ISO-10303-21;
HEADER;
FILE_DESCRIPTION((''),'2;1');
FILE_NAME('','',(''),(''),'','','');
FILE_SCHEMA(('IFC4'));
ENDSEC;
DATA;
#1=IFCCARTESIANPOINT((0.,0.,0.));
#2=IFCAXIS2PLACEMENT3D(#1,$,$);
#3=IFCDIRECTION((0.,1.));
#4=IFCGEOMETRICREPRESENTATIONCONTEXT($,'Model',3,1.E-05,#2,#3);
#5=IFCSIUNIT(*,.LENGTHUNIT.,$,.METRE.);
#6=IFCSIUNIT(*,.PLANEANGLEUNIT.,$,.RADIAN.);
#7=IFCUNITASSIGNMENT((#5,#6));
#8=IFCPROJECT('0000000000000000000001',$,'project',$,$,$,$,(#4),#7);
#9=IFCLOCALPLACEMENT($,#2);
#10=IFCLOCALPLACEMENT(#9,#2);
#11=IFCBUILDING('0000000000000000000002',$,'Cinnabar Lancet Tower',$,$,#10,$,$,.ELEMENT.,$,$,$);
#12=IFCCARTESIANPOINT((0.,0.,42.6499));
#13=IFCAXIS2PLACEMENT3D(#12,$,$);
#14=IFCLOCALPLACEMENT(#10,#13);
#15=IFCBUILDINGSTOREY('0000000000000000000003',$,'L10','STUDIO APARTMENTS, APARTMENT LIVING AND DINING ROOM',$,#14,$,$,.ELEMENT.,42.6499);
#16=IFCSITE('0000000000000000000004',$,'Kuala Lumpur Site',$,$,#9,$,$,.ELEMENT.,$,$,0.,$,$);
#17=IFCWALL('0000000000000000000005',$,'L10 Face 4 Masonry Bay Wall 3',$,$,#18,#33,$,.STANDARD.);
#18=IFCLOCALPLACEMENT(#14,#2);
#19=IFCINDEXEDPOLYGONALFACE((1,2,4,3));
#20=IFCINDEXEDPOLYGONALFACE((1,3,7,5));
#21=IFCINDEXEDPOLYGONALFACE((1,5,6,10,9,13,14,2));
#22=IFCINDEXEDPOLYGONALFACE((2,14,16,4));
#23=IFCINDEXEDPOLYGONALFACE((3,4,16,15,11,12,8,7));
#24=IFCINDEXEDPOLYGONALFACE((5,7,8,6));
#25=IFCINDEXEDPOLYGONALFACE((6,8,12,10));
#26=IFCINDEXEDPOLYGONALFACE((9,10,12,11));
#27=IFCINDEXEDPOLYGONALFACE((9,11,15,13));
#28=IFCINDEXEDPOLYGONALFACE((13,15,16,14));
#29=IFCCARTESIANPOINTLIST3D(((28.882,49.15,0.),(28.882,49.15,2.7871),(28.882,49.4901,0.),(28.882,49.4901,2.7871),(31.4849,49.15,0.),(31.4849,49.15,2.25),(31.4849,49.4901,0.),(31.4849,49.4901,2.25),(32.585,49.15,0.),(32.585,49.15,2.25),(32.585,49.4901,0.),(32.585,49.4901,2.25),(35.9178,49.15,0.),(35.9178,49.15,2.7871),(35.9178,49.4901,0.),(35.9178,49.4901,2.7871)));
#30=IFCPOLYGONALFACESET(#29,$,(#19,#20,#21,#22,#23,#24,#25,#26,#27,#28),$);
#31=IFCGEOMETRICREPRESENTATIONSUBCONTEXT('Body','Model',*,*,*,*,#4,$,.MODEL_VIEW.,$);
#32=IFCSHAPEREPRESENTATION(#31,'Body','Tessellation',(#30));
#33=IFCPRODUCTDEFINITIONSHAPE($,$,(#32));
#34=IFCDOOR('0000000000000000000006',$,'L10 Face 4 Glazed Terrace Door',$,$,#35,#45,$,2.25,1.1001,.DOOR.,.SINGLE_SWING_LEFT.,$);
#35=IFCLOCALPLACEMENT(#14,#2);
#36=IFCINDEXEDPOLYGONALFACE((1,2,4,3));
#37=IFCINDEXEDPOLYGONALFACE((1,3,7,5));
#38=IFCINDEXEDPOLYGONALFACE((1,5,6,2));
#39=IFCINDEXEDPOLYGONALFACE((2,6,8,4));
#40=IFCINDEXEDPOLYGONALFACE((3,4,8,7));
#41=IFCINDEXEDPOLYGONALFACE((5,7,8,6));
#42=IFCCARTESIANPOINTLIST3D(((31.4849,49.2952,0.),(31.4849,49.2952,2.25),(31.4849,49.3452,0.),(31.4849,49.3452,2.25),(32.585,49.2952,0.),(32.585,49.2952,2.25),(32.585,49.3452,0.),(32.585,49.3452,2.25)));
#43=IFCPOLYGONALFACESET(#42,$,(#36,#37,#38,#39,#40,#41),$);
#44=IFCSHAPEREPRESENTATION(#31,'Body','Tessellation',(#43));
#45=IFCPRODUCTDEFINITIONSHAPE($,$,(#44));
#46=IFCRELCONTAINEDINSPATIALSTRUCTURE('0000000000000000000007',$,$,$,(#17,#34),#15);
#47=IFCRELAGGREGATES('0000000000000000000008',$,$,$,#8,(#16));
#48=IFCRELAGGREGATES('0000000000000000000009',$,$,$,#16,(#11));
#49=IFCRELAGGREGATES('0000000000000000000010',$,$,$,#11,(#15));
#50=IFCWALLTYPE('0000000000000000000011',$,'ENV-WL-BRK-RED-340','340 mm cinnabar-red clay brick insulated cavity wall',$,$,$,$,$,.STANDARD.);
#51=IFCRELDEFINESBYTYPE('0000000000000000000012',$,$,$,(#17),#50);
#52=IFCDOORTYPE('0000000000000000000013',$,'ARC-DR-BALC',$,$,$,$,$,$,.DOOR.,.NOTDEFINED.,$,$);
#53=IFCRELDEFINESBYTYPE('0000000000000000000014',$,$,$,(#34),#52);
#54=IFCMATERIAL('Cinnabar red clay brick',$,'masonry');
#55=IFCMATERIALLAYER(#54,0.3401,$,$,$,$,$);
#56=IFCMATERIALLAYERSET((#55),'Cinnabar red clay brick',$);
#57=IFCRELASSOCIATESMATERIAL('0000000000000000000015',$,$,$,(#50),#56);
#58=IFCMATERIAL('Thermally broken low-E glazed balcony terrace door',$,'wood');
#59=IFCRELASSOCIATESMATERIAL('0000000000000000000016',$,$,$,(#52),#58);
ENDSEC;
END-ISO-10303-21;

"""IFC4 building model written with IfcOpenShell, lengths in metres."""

from ifc_helpers import new_model, si_unit, direction, frame, frame_2d, origin, place, context, subcontext, project, spatial, rectangle, extrude, material, layer, layer_set, type_object, element, fill, save


model = new_model("IFC4")

# Units and contexts
model_context = context("Model", 3, precision=1e-05, world=origin(), true_north=direction((0.0, 1.0)))
body_context = subcontext(model_context, "Body", "Model", "MODEL_VIEW")
ifc_project = project(units=[si_unit("LENGTHUNIT", "METRE"), si_unit("PLANEANGLEUNIT", "RADIAN")], contexts=[model_context])

# Site, building, storey
site_placement = place(None, origin())
site = spatial("IfcSite", under=ifc_project, at=site_placement, Name="Kuala Lumpur Site", CompositionType="ELEMENT", RefElevation=0.0)
building_placement = place(site_placement, origin())
building = spatial("IfcBuilding", under=site, at=building_placement, Name="Cinnabar Lancet Tower", CompositionType="ELEMENT")
storey_placement = place(building_placement, frame((0.0, 0.0, 42.6499)))
storey = spatial("IfcBuildingStorey", under=building, at=storey_placement, Name="L10", Description="STUDIO APARTMENTS, APARTMENT LIVING AND DINING ROOM", CompositionType="ELEMENT", Elevation=42.6499)

# Shared definitions
ifc_material_1 = material(Name="Cinnabar red clay brick", Category="masonry")
ifc_layer_1 = layer(ifc_material_1, 0.3401)
ifc_layer_set_1 = layer_set([ifc_layer_1], Name="Cinnabar red clay brick")
wall_type_1 = type_object("IfcWallType", Name="ENV-WL-BRK-RED-340", Description="340 mm cinnabar-red clay brick insulated cavity wall", PredefinedType="STANDARD", material=ifc_layer_set_1)

# Wall, opening, door
wall_1_placement = place(storey_placement, frame((35.918, 49.3201, 0.0), z_axis=(0.0, 0.0, 1.0), x_axis=(-1.0, 0.0, 0.0)))
wall_1 = element("IfcWall", 1, at=wall_1_placement, inside=storey, type_object=wall_type_1, Name="L10 Face 4 Masonry Bay Wall 3", PredefinedType="STANDARD", context=body_context, shape_type="SweptSolid", body=[
    extrude(rectangle(XDim=7.0359, YDim=0.3401, at=frame_2d((3.5181, 0.0))), origin(), (0.0, 0.0, 1.0), 2.7871),
])
opening_1_placement = place(wall_1_placement, frame((3.333, 0.0, 0.0)))
opening_1 = element("IfcOpeningElement", 2, at=opening_1_placement, cuts=wall_1, PredefinedType="OPENING", context=body_context, shape_type="SweptSolid", body=[
    extrude(rectangle(XDim=1.1001, YDim=2.25, at=frame_2d((0.55, 1.125))), frame((0.0, 0.1799, 0.0), z_axis=(0.0, -1.0, 0.0), x_axis=(1.0, 0.0, 0.0)), (0.0, 0.0, 1.0), 0.3601),
])
ifc_material_2 = material(Name="Thermally broken low-E glazed balcony terrace door", Category="wood")
door_type_1 = type_object("IfcDoorType", Name="ARC-DR-BALC", OperationType="NOTDEFINED", PredefinedType="DOOR", material=ifc_material_2)
door_1_placement = place(opening_1_placement, origin())
door_1 = element("IfcDoor", 3, at=door_1_placement, inside=storey, type_object=door_type_1, Name="L10 Face 4 Glazed Terrace Door", OperationType="SINGLE_SWING_LEFT", OverallHeight=2.25, OverallWidth=1.1001, PredefinedType="DOOR", context=body_context, shape_type="SweptSolid", body=[
    extrude(rectangle(XDim=1.1001, YDim=2.25, at=frame_2d((0.55, 1.125))), frame((0.0, 0.0249, 0.0), z_axis=(0.0, -1.0, 0.0), x_axis=(1.0, 0.0, 0.0)), (0.0, 0.0, 1.0), 0.05),
])
fill(opening_1, door_1)

save(model, "model.ifc")
